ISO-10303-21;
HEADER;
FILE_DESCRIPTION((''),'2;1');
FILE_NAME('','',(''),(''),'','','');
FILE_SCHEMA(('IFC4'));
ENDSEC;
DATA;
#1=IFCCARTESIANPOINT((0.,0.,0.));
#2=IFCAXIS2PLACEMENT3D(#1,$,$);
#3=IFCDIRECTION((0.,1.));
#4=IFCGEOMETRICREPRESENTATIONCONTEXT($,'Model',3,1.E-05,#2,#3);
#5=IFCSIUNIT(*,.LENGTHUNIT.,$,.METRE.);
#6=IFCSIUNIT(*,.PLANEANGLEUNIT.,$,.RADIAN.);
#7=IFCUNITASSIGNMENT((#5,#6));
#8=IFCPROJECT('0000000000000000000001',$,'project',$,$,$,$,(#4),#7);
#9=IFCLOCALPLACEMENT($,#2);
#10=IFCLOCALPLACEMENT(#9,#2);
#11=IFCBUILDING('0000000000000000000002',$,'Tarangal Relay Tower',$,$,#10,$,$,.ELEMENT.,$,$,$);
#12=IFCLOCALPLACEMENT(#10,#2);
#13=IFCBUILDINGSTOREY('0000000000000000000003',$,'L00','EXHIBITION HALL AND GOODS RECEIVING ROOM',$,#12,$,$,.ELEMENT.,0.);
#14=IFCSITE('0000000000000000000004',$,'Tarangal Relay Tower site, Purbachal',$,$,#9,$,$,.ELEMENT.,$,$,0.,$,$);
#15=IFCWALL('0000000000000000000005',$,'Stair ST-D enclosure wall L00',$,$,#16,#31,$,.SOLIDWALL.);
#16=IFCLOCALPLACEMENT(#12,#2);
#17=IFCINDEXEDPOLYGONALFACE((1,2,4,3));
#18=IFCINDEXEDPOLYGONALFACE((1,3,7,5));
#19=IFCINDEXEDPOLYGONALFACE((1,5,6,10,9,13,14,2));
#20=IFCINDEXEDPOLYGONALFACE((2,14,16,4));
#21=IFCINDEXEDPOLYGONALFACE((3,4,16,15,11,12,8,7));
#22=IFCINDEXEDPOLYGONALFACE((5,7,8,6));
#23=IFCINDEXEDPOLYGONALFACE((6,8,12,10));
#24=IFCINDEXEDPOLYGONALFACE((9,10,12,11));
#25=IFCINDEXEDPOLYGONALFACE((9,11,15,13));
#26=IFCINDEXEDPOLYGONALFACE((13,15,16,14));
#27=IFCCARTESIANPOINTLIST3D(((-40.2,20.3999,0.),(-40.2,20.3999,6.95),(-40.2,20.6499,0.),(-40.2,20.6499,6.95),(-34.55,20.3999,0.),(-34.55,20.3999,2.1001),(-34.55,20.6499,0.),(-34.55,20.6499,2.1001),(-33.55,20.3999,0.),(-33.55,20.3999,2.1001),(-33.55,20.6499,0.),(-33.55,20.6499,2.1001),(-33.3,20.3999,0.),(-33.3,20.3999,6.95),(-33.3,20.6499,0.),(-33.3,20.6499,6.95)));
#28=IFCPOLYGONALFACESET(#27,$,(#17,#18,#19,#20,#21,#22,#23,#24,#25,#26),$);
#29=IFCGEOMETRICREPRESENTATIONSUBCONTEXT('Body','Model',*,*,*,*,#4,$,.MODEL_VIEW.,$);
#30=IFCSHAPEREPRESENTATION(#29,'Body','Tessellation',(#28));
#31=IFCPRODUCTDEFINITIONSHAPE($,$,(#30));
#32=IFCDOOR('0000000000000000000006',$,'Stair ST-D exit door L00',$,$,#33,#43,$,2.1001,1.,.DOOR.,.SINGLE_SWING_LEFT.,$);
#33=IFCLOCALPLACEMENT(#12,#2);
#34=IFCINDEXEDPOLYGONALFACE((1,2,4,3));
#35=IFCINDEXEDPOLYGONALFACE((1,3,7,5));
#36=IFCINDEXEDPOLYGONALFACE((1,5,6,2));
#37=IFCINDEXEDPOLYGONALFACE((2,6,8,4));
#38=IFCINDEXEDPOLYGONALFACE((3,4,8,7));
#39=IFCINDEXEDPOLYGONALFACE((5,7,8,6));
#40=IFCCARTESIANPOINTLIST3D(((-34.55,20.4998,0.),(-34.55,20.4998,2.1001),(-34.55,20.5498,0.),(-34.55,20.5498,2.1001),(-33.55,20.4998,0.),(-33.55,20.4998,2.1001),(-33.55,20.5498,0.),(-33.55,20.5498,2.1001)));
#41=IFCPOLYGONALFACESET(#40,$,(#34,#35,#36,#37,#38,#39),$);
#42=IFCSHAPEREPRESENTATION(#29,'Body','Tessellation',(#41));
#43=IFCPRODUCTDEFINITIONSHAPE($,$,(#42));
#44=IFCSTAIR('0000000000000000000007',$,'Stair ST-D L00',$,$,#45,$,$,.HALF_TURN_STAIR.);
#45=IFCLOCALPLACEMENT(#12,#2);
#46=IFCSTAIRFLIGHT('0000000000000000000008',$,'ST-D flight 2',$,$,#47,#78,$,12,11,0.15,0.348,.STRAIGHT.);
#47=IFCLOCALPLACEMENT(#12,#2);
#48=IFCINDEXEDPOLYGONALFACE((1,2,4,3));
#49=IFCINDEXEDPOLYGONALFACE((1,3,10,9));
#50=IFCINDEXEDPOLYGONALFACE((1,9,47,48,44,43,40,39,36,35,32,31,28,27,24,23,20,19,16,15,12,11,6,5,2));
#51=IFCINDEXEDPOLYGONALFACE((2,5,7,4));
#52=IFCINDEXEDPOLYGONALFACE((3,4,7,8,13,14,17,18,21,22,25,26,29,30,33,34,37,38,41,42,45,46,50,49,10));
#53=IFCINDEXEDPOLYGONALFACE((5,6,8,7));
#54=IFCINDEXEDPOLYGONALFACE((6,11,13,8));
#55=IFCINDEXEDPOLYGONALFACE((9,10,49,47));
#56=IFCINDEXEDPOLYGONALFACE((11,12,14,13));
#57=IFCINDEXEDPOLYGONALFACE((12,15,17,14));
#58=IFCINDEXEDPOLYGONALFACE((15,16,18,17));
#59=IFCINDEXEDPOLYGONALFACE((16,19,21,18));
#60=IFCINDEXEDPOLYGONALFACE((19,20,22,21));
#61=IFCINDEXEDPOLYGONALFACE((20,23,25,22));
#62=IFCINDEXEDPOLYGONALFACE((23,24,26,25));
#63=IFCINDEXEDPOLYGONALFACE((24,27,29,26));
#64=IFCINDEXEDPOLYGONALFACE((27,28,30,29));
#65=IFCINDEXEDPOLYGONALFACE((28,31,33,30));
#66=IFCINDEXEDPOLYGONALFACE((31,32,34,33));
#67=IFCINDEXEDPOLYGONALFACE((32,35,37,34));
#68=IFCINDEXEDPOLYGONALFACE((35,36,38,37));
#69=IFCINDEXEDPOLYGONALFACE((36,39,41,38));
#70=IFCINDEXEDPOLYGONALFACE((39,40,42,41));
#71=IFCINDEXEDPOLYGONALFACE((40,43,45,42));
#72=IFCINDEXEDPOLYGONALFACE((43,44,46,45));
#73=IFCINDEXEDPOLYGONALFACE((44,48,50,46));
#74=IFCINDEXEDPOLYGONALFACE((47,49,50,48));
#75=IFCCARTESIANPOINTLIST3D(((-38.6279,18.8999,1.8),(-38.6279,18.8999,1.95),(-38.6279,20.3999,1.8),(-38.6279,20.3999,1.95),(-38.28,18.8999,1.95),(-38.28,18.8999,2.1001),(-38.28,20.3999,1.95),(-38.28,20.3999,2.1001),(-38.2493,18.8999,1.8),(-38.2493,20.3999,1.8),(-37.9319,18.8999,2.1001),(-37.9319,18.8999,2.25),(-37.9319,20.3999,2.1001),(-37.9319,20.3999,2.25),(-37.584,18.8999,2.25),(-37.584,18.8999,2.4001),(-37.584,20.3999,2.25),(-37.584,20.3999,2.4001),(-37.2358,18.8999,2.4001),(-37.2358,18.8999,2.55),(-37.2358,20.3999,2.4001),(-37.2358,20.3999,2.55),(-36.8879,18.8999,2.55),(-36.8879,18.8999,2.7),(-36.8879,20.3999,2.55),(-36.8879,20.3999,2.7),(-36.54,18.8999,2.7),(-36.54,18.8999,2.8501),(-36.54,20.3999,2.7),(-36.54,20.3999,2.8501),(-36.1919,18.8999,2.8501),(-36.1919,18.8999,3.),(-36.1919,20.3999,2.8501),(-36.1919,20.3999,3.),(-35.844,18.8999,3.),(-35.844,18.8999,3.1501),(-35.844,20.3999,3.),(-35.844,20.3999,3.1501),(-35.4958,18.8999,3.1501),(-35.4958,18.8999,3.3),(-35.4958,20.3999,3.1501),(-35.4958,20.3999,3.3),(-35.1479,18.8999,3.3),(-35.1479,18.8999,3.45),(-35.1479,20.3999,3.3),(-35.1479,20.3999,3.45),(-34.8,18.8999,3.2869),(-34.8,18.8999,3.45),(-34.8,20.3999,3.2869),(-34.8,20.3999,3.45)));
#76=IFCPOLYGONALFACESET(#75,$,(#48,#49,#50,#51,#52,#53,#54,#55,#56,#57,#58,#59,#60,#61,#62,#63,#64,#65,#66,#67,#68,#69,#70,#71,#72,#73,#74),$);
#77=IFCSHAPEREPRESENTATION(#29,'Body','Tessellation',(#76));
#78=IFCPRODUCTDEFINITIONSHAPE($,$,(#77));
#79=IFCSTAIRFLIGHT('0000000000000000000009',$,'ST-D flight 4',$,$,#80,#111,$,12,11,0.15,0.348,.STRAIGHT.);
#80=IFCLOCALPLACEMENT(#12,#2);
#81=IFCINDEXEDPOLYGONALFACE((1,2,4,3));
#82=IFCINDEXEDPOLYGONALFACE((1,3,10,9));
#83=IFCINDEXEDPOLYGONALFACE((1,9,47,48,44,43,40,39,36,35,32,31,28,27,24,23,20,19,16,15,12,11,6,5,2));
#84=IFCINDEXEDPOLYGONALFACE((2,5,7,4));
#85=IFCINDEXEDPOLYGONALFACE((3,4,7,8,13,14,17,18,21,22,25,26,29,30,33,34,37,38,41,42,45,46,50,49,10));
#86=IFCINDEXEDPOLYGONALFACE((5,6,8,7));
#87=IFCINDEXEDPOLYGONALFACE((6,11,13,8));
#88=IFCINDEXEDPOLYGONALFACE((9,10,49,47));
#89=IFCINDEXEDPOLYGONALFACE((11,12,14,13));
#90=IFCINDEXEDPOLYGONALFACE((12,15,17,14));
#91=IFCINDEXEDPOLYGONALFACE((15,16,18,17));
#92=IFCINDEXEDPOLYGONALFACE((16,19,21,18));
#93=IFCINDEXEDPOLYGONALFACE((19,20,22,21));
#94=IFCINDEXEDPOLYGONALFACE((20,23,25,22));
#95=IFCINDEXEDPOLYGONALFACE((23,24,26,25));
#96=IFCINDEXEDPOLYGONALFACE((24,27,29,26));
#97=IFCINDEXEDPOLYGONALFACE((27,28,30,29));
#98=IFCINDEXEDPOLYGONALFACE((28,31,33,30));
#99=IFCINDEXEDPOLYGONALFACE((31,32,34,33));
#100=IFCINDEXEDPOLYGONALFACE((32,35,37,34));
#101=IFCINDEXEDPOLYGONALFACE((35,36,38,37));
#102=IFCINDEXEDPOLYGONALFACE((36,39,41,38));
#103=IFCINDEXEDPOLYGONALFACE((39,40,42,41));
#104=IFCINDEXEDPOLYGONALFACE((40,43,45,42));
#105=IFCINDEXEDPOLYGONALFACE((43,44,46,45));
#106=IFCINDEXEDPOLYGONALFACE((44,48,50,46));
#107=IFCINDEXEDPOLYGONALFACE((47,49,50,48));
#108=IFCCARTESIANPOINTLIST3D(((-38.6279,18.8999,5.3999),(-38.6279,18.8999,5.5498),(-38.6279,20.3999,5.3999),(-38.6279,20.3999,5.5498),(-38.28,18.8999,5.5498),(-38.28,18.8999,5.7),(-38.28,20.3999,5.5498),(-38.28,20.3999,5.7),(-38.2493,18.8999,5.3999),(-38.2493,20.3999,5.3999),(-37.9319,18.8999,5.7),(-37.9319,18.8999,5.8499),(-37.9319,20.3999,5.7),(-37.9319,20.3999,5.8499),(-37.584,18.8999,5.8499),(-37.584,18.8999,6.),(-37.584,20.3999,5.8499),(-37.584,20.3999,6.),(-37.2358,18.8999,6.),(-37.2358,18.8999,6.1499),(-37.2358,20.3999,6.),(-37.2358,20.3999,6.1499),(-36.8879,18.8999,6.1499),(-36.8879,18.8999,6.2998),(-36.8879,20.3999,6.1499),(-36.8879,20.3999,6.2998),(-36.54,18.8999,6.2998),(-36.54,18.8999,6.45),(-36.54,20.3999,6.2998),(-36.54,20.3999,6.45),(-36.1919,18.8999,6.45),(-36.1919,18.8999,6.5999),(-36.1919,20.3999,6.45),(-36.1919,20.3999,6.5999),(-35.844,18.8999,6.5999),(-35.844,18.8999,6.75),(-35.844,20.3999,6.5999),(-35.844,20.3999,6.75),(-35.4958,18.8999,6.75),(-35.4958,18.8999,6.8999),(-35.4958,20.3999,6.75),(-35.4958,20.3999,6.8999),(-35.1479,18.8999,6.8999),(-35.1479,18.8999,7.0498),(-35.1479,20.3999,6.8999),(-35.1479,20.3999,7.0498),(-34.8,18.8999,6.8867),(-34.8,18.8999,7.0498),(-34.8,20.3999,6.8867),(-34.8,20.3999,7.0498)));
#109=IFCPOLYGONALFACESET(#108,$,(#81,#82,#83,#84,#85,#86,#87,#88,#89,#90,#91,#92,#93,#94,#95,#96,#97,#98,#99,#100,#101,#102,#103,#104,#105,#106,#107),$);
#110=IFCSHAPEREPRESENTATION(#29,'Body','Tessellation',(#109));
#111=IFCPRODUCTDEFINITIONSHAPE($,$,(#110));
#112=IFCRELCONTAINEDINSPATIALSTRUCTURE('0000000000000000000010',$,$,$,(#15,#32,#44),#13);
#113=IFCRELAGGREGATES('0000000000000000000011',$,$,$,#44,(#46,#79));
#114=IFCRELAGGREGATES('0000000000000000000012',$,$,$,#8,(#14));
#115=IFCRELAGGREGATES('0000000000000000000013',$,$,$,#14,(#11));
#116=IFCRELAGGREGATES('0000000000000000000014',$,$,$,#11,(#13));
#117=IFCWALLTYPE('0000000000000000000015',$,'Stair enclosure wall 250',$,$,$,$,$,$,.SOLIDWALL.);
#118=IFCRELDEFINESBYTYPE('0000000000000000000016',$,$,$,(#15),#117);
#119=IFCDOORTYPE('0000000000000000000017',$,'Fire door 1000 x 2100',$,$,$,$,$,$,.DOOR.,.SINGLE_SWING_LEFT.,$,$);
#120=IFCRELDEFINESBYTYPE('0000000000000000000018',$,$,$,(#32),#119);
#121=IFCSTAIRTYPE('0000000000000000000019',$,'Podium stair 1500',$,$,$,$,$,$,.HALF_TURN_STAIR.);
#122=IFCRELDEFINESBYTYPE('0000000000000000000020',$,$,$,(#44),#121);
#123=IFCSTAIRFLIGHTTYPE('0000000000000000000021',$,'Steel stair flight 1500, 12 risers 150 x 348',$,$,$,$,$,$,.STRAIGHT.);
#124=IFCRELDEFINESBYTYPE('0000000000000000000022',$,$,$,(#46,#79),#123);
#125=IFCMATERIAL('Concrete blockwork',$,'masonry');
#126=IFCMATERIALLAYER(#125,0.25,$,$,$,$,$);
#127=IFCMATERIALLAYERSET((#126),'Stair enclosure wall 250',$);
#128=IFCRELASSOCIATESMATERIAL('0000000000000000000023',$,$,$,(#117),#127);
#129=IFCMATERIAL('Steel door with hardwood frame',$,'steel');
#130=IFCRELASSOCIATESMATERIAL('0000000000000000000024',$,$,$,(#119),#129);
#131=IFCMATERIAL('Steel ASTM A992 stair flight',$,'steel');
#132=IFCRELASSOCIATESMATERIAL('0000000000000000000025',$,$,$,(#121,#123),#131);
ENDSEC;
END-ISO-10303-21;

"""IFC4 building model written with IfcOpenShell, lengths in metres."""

from ifc_helpers import new_model, si_unit, direction, frame, frame_2d, origin, place, context, subcontext, project, spatial, polyline, rectangle, outline, extrude, material, layer, layer_set, type_object, element, fill, aggregate, save


model = new_model("IFC4")

# Units and contexts
model_context = context("Model", 3, precision=1e-05, world=origin(), true_north=direction((0.0, 1.0)))
body_context = subcontext(model_context, "Body", "Model", "MODEL_VIEW")
ifc_project = project(units=[si_unit("LENGTHUNIT", "METRE"), si_unit("PLANEANGLEUNIT", "RADIAN")], contexts=[model_context])

# Site, building, storey
site_placement = place(None, origin())
site = spatial("IfcSite", under=ifc_project, at=site_placement, Name="Tarangal Relay Tower site, Purbachal", CompositionType="ELEMENT", RefElevation=0.0)
building_placement = place(site_placement, origin())
building = spatial("IfcBuilding", under=site, at=building_placement, Name="Tarangal Relay Tower", CompositionType="ELEMENT")
storey_placement = place(building_placement, origin())
storey = spatial("IfcBuildingStorey", under=building, at=storey_placement, Name="L00", Description="EXHIBITION HALL AND GOODS RECEIVING ROOM", CompositionType="ELEMENT", Elevation=0.0)

# Wall, opening, door
ifc_material_1 = material(Name="Concrete blockwork", Category="masonry")
ifc_layer_1 = layer(ifc_material_1, 0.25)
ifc_layer_set_1 = layer_set([ifc_layer_1], Name="Stair enclosure wall 250")
wall_type_1 = type_object("IfcWallType", Name="Stair enclosure wall 250", PredefinedType="SOLIDWALL", material=ifc_layer_set_1)
wall_1_placement = place(storey_placement, frame((-40.2, 20.5249, 0.0), z_axis=(0.0, 0.0, 1.0), x_axis=(1.0, 0.0, 0.0)))
wall_1 = element("IfcWall", 1, at=wall_1_placement, inside=storey, type_object=wall_type_1, Name="Stair ST-D enclosure wall L00", PredefinedType="SOLIDWALL", context=body_context, shape_type="SweptSolid", body=[
    extrude(rectangle(XDim=6.8999, YDim=0.25, at=frame_2d((3.45, 0.0))), origin(), (0.0, 0.0, 1.0), 6.95),
])
opening_1_placement = place(wall_1_placement, frame((5.6499, 0.0, 0.0)))
opening_1 = element("IfcOpeningElement", 2, at=opening_1_placement, cuts=wall_1, PredefinedType="OPENING", context=body_context, shape_type="SweptSolid", body=[
    extrude(rectangle(XDim=1.0, YDim=2.1001, at=frame_2d((0.5, 1.05))), frame((0.0, 0.135, 0.0), z_axis=(0.0, -1.0, 0.0), x_axis=(1.0, 0.0, 0.0)), (0.0, 0.0, 1.0), 0.27),
])
ifc_material_2 = material(Name="Steel door with hardwood frame", Category="steel")
door_type_1 = type_object("IfcDoorType", Name="Fire door 1000 x 2100", OperationType="SINGLE_SWING_LEFT", PredefinedType="DOOR", material=ifc_material_2)
door_1_placement = place(opening_1_placement, origin())
door_1 = element("IfcDoor", 3, at=door_1_placement, inside=storey, type_object=door_type_1, Name="Stair ST-D exit door L00", OperationType="SINGLE_SWING_LEFT", OverallHeight=2.1001, OverallWidth=1.0, PredefinedType="DOOR", context=body_context, shape_type="SweptSolid", body=[
    extrude(rectangle(XDim=1.0, YDim=2.1001, at=frame_2d((0.5, 1.05))), frame((0.0, 0.0249, 0.0), z_axis=(0.0, -1.0, 0.0), x_axis=(1.0, 0.0, 0.0)), (0.0, 0.0, 1.0), 0.05),
])
fill(opening_1, door_1)

# Stair, stair flights
ifc_material_3 = material(Name="Steel ASTM A992 stair flight", Category="steel")
stair_type = type_object("IfcStairType", Name="Podium stair 1500", PredefinedType="HALF_TURN_STAIR", material=ifc_material_3)
stair_placement = place(storey_placement, origin())
stair = element("IfcStair", 4, at=stair_placement, inside=storey, type_object=stair_type, Name="Stair ST-D L00", PredefinedType="HALF_TURN_STAIR")
stair_flight_type = type_object("IfcStairFlightType", Name="Steel stair flight 1500, 12 risers 150 x 348", PredefinedType="STRAIGHT", material=ifc_material_3)
stair_flight_1_placement = place(storey_placement, frame((-38.6279, 19.6499, 1.8), z_axis=(0.0, 0.0, 1.0), x_axis=(1.0, 0.0, 0.0)))
stair_flight_1 = element("IfcStairFlight", 5, at=stair_flight_1_placement, type_object=stair_flight_type, Name="ST-D flight 2", NumberOfRisers=12, NumberOfTreads=11, PredefinedType="STRAIGHT", RiserHeight=0.15, TreadLength=0.348, context=body_context, shape_type="SweptSolid", body=[
    extrude(outline(polyline([(0.0, 0.0), (0.0, 0.1499), (0.3479, 0.1499), (0.3479, 0.3), (0.696, 0.3), (0.696, 0.45), (1.0439, 0.45), (1.0439, 0.6001), (1.3921, 0.6001), (1.3921, 0.75), (1.74, 0.75), (1.74, 0.8999), (2.0879, 0.8999), (2.0879, 1.05), (2.436, 1.05), (2.436, 1.2), (2.7839, 1.2), (2.7839, 1.3501), (3.1321, 1.3501), (3.1321, 1.5), (3.48, 1.5), (3.48, 1.6499), (3.8279, 1.6499), (3.8279, 1.8), (3.8279, 1.4868), (0.3787, 0.0), (0.0, 0.0)])), frame((0.0, 0.75, 0.0), z_axis=(0.0, -1.0, 0.0), x_axis=(1.0, 0.0, 0.0)), (0.0, 0.0, 1.0), 1.5),
])
stair_flight_2_placement = place(storey_placement, frame((-38.6279, 19.6499, 5.3999), z_axis=(0.0, 0.0, 1.0), x_axis=(1.0, 0.0, 0.0)))
stair_flight_2 = element("IfcStairFlight", 6, at=stair_flight_2_placement, type_object=stair_flight_type, Name="ST-D flight 4", NumberOfRisers=12, NumberOfTreads=11, PredefinedType="STRAIGHT", RiserHeight=0.15, TreadLength=0.348, context=body_context, shape_type="SweptSolid", body=[
    extrude(outline(polyline([(0.0, 0.0), (0.0, 0.1499), (0.3479, 0.1499), (0.3479, 0.3), (0.696, 0.3), (0.696, 0.45), (1.0439, 0.45), (1.0439, 0.6001), (1.3921, 0.6001), (1.3921, 0.75), (1.74, 0.75), (1.74, 0.8999), (2.0879, 0.8999), (2.0879, 1.05), (2.436, 1.05), (2.436, 1.2), (2.7839, 1.2), (2.7839, 1.3501), (3.1321, 1.3501), (3.1321, 1.5), (3.48, 1.5), (3.48, 1.6499), (3.8279, 1.6499), (3.8279, 1.8), (3.8279, 1.4868), (0.3787, 0.0), (0.0, 0.0)])), frame((0.0, 0.75, 0.0), z_axis=(0.0, -1.0, 0.0), x_axis=(1.0, 0.0, 0.0)), (0.0, 0.0, 1.0), 1.5),
])
aggregate(stair, [stair_flight_1, stair_flight_2])

save(model, "model.ifc")
